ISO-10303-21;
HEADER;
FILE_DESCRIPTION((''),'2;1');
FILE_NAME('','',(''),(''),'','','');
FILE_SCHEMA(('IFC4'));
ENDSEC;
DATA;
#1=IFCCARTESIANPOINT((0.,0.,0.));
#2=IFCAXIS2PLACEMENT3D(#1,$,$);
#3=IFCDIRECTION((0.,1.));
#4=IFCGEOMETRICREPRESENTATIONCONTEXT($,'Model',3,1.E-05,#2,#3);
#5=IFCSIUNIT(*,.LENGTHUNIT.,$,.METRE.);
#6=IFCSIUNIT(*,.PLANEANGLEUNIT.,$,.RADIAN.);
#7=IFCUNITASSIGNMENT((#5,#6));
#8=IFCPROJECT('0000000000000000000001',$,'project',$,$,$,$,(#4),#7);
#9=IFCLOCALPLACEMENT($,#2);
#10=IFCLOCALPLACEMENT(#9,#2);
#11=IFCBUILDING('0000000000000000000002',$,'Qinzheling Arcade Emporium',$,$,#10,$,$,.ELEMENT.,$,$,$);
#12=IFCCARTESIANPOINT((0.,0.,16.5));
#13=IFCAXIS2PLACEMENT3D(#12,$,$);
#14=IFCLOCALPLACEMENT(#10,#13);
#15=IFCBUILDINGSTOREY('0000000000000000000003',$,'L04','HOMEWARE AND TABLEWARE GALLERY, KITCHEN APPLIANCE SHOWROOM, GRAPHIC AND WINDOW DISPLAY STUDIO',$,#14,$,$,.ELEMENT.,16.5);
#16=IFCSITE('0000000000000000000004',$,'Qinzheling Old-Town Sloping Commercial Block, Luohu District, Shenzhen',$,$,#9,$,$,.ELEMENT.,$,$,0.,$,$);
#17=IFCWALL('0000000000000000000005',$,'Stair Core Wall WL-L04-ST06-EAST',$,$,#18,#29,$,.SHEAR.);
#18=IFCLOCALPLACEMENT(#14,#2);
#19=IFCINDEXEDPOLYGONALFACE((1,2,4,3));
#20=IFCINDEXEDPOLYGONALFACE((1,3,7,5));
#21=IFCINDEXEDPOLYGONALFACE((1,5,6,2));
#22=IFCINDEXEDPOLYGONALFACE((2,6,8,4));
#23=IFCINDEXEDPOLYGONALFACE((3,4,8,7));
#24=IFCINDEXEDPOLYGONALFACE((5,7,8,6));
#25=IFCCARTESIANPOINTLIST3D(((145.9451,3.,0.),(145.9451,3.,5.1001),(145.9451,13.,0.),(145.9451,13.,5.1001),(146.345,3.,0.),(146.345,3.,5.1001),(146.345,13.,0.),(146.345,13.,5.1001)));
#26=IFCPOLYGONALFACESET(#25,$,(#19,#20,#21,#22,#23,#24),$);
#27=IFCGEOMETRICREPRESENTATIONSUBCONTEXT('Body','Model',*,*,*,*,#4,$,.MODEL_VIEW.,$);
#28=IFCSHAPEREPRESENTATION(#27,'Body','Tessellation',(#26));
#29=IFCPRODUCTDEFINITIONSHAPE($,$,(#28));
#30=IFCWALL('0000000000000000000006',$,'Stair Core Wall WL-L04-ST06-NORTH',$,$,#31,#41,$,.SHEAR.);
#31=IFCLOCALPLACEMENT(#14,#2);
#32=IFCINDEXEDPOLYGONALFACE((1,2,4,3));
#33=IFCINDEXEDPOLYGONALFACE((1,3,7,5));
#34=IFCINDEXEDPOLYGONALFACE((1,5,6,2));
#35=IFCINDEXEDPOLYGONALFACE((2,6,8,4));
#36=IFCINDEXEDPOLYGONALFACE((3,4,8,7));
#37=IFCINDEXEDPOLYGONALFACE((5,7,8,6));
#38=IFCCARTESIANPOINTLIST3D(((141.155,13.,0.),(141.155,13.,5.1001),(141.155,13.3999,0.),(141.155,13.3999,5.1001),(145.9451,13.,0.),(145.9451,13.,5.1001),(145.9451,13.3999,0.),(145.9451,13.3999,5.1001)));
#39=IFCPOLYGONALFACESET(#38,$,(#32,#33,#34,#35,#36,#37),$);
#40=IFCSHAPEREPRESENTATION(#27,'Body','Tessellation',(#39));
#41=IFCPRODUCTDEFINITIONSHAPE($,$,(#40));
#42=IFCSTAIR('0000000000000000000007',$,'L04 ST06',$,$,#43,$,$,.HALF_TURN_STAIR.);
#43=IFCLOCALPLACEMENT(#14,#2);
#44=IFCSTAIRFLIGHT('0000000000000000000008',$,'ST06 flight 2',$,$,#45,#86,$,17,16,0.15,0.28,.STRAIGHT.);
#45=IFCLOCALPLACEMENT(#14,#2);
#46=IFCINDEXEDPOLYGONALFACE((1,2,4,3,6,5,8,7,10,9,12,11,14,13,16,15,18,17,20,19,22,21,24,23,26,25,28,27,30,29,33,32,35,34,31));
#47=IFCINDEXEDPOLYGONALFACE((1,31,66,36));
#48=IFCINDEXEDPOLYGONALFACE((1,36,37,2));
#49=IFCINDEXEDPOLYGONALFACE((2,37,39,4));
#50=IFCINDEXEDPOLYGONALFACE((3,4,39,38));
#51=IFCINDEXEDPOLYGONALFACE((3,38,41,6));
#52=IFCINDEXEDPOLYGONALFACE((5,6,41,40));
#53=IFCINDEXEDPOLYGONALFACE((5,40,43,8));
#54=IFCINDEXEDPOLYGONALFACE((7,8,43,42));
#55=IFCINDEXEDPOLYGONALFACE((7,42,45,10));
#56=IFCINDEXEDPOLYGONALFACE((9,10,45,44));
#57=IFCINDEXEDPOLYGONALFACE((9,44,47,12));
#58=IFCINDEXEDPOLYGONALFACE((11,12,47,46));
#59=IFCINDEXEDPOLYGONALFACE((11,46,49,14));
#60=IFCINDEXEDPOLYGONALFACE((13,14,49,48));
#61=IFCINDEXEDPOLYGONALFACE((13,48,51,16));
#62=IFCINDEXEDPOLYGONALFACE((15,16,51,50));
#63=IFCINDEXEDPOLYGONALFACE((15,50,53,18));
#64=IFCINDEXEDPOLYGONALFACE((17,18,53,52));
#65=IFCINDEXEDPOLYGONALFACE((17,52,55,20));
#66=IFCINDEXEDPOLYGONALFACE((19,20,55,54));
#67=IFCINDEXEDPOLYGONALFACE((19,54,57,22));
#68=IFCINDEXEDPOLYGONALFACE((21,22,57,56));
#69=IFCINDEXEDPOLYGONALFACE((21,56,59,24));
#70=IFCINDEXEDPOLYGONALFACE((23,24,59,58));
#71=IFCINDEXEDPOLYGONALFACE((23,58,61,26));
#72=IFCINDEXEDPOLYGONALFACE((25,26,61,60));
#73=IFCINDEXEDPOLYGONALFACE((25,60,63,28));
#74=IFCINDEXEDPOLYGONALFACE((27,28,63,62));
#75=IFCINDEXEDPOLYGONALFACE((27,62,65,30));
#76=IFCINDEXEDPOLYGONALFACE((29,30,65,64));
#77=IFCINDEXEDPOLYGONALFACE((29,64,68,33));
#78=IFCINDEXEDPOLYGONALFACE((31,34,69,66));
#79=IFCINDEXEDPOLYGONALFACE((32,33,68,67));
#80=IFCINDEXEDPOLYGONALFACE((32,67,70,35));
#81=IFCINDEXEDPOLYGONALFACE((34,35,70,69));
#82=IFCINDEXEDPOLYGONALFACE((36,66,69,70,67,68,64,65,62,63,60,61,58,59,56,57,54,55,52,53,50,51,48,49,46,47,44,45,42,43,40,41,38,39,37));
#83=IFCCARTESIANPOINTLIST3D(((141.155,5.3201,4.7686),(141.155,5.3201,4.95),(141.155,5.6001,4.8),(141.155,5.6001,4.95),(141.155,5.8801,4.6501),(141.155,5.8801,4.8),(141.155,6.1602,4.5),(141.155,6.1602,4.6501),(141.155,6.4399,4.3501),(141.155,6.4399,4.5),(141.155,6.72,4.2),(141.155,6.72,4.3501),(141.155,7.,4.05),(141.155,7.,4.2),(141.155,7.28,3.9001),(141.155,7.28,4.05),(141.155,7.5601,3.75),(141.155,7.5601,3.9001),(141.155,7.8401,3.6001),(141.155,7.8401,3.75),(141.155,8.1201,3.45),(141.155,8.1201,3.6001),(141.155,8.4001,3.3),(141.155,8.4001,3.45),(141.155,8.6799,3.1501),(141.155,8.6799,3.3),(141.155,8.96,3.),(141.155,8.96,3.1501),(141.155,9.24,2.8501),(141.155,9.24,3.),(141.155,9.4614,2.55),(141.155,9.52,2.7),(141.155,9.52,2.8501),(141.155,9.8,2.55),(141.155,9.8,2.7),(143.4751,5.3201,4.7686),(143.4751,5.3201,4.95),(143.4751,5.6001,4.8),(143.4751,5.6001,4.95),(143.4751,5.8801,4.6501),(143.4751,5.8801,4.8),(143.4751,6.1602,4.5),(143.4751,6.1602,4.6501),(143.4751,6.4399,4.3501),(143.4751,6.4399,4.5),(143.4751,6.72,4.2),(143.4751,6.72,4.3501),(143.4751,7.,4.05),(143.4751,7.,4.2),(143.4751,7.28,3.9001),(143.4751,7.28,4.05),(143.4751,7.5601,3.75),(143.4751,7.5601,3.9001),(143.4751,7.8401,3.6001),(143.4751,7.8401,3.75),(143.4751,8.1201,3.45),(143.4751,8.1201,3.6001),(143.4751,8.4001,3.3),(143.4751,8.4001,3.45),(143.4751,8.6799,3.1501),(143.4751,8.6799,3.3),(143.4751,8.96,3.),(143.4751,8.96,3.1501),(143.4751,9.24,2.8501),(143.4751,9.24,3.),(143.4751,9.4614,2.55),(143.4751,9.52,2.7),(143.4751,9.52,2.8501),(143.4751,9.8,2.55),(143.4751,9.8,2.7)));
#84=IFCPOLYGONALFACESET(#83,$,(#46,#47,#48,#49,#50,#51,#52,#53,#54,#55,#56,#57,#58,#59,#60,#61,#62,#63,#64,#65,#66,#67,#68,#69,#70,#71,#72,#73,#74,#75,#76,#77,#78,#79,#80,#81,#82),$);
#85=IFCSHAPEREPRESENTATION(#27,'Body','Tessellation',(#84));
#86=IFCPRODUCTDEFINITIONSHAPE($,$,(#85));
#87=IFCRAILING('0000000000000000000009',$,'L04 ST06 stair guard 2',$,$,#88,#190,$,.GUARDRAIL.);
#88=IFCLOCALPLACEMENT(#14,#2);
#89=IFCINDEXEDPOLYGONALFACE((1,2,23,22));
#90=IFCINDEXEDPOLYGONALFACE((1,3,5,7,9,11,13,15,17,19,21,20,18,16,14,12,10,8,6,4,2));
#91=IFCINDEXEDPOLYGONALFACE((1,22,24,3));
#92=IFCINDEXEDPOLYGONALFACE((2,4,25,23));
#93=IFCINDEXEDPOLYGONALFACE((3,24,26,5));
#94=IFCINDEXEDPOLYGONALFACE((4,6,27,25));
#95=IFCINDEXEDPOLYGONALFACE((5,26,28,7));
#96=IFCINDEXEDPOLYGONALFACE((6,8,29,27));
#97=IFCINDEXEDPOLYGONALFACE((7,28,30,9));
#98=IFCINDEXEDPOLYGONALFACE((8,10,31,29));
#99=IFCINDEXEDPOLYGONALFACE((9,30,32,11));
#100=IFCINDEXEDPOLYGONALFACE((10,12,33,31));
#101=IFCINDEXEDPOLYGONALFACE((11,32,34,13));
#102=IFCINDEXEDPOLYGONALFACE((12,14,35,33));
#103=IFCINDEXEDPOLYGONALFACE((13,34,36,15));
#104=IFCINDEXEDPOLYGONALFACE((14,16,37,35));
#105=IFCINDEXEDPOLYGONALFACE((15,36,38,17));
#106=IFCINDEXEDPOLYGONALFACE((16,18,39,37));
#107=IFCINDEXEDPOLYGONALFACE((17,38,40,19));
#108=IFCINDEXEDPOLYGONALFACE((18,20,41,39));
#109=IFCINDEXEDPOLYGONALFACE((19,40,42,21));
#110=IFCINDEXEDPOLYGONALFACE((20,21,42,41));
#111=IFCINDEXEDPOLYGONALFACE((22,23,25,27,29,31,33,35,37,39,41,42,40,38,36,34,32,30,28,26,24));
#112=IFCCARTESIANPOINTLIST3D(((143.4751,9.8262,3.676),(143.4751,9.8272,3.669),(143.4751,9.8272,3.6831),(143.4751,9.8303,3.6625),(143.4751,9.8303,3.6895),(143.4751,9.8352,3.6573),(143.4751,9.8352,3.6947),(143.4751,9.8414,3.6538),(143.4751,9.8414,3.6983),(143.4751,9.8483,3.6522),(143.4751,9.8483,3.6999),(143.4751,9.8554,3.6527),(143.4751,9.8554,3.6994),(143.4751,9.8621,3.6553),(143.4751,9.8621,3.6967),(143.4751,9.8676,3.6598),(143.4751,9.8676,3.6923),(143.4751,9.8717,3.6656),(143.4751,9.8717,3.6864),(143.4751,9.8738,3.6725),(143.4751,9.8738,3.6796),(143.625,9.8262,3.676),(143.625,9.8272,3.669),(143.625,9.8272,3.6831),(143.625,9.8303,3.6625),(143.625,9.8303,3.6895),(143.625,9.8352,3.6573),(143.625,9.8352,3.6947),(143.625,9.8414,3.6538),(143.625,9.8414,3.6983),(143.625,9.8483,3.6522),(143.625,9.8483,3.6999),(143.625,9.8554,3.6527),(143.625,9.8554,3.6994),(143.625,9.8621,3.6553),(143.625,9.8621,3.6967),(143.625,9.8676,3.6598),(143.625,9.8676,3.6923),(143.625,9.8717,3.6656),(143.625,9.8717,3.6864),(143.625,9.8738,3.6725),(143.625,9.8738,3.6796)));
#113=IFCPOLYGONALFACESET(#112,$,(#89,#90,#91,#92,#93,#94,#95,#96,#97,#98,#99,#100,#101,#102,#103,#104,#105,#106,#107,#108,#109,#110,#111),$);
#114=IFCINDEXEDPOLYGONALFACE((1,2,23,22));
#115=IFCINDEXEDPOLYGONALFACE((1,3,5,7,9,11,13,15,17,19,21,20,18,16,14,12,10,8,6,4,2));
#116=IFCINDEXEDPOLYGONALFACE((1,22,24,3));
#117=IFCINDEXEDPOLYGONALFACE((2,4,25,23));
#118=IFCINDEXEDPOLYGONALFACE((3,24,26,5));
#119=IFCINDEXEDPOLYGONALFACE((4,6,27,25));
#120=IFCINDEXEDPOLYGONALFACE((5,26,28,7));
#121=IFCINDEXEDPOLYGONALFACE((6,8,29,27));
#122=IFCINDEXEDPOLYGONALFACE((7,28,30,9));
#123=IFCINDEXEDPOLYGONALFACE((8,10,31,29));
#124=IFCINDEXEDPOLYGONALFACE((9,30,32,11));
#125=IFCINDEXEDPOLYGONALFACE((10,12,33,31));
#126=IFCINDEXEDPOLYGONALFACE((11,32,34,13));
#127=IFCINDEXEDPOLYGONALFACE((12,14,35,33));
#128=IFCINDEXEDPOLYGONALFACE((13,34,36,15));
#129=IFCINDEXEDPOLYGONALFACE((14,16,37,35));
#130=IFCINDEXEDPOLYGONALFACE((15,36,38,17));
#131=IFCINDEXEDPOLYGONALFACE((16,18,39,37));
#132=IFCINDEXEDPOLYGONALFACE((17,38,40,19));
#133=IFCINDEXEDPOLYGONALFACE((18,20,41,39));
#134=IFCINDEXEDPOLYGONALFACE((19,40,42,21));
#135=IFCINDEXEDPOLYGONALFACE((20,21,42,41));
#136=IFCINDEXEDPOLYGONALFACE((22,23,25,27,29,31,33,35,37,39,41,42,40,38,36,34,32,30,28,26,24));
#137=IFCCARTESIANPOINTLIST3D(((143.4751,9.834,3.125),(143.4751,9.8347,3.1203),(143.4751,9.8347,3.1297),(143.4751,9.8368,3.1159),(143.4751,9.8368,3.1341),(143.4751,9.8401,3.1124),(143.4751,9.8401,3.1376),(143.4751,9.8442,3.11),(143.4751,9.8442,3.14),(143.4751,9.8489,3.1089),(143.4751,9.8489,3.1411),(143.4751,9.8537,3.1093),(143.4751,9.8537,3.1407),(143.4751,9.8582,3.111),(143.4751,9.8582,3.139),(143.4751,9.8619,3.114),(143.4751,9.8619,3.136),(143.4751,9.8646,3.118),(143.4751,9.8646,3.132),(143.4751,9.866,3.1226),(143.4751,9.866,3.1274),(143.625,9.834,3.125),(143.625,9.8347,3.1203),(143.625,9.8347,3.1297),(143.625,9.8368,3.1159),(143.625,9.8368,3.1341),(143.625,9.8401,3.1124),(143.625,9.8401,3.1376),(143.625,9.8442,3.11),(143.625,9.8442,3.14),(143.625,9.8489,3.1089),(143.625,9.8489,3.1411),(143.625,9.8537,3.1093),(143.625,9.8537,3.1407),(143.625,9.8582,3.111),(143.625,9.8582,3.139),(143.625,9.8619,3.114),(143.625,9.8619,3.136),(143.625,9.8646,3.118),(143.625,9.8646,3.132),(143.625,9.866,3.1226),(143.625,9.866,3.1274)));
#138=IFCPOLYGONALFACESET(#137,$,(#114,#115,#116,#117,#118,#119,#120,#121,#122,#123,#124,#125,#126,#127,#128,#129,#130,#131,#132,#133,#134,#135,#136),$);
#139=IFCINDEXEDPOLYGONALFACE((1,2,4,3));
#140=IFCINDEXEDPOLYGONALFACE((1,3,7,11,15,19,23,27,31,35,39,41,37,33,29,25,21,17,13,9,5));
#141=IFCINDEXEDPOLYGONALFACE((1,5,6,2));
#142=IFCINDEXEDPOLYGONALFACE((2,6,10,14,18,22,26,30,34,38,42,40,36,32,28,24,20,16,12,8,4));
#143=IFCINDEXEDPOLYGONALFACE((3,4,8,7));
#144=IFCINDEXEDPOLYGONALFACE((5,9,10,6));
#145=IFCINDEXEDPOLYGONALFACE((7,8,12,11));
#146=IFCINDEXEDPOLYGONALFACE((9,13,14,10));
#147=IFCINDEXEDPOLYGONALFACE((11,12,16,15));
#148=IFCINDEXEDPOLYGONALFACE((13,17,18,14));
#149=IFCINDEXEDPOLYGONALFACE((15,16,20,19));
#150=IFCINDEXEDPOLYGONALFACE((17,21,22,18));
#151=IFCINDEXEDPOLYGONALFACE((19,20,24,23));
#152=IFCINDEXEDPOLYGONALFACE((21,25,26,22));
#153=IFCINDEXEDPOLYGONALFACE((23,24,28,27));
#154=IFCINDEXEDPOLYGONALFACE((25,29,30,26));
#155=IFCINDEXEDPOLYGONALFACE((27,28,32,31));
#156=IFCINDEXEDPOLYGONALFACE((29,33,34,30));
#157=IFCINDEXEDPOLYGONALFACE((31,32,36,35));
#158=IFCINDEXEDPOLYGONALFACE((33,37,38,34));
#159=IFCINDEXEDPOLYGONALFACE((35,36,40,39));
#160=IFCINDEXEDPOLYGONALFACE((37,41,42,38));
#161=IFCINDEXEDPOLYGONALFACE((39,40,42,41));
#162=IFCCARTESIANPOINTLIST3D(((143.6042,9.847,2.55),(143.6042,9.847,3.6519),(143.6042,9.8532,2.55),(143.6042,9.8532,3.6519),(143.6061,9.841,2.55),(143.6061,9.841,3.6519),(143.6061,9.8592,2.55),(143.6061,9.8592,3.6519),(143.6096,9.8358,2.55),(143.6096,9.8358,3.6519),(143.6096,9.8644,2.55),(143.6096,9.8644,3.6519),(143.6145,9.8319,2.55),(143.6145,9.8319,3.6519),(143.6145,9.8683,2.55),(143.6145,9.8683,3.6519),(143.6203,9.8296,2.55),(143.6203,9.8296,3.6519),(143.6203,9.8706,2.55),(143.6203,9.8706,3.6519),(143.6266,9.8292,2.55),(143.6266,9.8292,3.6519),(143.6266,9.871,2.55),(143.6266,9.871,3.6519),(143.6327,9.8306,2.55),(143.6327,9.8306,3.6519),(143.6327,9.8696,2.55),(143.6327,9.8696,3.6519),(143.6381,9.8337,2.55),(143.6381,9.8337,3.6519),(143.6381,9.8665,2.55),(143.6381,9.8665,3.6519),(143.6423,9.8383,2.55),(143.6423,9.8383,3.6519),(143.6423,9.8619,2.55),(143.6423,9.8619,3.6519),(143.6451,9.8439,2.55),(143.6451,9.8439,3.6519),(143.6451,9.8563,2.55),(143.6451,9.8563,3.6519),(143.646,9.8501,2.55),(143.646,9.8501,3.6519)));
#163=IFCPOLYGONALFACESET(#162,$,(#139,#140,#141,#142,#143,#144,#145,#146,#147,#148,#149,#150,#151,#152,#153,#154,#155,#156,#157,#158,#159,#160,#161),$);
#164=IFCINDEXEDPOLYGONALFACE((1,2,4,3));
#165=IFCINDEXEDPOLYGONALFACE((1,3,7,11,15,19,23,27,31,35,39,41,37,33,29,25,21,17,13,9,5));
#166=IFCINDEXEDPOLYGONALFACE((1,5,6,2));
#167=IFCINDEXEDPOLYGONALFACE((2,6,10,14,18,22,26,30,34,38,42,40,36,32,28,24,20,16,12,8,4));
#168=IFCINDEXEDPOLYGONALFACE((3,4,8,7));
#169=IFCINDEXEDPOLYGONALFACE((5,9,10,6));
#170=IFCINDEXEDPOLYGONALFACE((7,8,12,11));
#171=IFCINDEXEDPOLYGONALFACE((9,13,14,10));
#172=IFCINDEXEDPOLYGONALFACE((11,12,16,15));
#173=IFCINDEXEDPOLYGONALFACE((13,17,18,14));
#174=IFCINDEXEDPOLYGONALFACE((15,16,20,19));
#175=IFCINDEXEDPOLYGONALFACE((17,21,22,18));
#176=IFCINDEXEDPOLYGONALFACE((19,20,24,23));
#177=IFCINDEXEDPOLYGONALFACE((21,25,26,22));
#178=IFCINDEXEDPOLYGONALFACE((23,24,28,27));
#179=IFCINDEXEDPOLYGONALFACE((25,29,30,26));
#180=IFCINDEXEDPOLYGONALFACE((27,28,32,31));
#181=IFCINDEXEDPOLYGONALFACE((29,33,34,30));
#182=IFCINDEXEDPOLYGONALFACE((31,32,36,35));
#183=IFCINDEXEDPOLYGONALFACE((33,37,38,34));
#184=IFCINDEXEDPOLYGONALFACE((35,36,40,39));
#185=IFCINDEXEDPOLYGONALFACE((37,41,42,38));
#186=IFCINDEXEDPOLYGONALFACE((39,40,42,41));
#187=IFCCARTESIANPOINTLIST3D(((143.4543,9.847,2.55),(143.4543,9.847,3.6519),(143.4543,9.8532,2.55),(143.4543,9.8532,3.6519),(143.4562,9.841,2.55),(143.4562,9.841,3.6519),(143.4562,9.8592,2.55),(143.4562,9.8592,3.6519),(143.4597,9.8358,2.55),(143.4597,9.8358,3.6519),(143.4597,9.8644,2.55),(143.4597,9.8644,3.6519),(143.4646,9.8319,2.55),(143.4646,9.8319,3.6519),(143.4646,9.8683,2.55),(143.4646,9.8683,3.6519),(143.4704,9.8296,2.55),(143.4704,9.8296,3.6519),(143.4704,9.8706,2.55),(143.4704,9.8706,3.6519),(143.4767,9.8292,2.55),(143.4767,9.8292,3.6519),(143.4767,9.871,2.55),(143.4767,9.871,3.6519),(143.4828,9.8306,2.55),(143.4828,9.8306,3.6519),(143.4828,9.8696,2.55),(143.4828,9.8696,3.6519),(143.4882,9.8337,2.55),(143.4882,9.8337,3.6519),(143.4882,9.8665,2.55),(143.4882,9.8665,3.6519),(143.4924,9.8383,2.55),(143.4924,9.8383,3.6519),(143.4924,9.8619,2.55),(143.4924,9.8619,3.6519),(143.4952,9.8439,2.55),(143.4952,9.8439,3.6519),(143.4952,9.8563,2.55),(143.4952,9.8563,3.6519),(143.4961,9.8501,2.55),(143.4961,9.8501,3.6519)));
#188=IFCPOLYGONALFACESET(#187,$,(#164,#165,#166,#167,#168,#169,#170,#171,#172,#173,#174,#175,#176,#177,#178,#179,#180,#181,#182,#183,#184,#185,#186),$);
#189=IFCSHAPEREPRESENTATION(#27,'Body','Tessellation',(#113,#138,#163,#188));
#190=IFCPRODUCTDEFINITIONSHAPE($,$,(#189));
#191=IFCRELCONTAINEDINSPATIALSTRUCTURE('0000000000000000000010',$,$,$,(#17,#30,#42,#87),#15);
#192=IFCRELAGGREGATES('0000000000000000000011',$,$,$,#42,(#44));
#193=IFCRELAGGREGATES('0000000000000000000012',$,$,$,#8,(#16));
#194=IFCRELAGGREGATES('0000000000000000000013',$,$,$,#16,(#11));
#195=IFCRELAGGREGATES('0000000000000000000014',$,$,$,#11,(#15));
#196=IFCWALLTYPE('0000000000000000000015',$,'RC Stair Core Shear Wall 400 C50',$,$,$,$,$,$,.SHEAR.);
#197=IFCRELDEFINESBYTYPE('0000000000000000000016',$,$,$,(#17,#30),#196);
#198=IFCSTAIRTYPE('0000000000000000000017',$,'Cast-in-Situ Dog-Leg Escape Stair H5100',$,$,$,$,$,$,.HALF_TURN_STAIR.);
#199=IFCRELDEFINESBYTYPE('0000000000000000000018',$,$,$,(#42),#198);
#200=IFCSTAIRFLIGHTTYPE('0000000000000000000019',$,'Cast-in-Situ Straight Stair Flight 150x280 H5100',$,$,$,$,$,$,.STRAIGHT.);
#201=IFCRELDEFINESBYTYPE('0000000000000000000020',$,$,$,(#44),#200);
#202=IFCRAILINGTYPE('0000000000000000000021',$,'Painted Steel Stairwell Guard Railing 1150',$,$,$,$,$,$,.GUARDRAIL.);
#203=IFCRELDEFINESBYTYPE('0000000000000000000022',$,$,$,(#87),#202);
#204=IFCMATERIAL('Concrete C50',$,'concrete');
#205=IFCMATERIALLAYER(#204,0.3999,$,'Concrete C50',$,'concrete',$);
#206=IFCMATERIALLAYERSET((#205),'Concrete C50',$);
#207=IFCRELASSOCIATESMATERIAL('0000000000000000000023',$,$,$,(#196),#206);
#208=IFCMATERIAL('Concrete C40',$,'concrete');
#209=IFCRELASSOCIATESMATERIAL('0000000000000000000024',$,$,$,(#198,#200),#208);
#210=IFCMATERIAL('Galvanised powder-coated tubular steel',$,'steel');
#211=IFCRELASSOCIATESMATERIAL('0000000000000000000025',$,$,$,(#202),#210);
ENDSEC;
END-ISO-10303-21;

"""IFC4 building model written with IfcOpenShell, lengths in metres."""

from ifc_helpers import new_model, si_unit, direction, frame, frame_2d, origin, origin_2d, place, context, subcontext, project, spatial, polyline, rectangle, circle, outline, extrude, material, layer, layer_set, type_object, element, aggregate, save


model = new_model("IFC4")

# Units and contexts
model_context = context("Model", 3, precision=1e-05, world=origin(), true_north=direction((0.0, 1.0)))
body_context = subcontext(model_context, "Body", "Model", "MODEL_VIEW")
ifc_project = project(units=[si_unit("LENGTHUNIT", "METRE"), si_unit("PLANEANGLEUNIT", "RADIAN")], contexts=[model_context])

# Site, building, storey
site_placement = place(None, origin())
site = spatial("IfcSite", under=ifc_project, at=site_placement, Name="Qinzheling Old-Town Sloping Commercial Block, Luohu District, Shenzhen", CompositionType="ELEMENT", RefElevation=0.0)
building_placement = place(site_placement, origin())
building = spatial("IfcBuilding", under=site, at=building_placement, Name="Qinzheling Arcade Emporium", CompositionType="ELEMENT")
storey_placement = place(building_placement, frame((0.0, 0.0, 16.5)))
storey = spatial("IfcBuildingStorey", under=building, at=storey_placement, Name="L04", Description="HOMEWARE AND TABLEWARE GALLERY, KITCHEN APPLIANCE SHOWROOM, GRAPHIC AND WINDOW DISPLAY STUDIO", CompositionType="ELEMENT", Elevation=16.5)

# Shared definitions
ifc_material_1 = material(Name="Concrete C40", Category="concrete")

# Walls
ifc_material_2 = material(Name="Concrete C50", Category="concrete")
ifc_layer_1 = layer(ifc_material_2, 0.3999, Name="Concrete C50", Category="concrete")
ifc_layer_set_1 = layer_set([ifc_layer_1], Name="Concrete C50")
wall_type_1 = type_object("IfcWallType", Name="RC Stair Core Shear Wall 400 C50", PredefinedType="SHEAR", material=ifc_layer_set_1)
wall_1_placement = place(storey_placement, frame((146.145, 13.0, 0.0), z_axis=(0.0, 0.0, 1.0), x_axis=(0.0, -1.0, 0.0)))
element("IfcWall", 1, at=wall_1_placement, inside=storey, type_object=wall_type_1, Name="Stair Core Wall WL-L04-ST06-EAST", PredefinedType="SHEAR", context=body_context, shape_type="SweptSolid", body=[
    extrude(rectangle(XDim=10.0, YDim=0.3999, at=frame_2d((5.0, 0.0))), origin(), (0.0, 0.0, 1.0), 5.1001),
])
wall_2_placement = place(storey_placement, frame((141.155, 13.2, 0.0), z_axis=(0.0, 0.0, 1.0), x_axis=(1.0, 0.0, 0.0)))
element("IfcWall", 2, at=wall_2_placement, inside=storey, type_object=wall_type_1, Name="Stair Core Wall WL-L04-ST06-NORTH", PredefinedType="SHEAR", context=body_context, shape_type="SweptSolid", body=[
    extrude(rectangle(XDim=4.79, YDim=0.3999, at=frame_2d((2.395, 0.0))), origin(), (0.0, 0.0, 1.0), 5.1001),
])

# Stair, stair flight
stair_type = type_object("IfcStairType", Name="Cast-in-Situ Dog-Leg Escape Stair H5100", PredefinedType="HALF_TURN_STAIR", material=ifc_material_1)
stair_placement = place(storey_placement, origin())
stair = element("IfcStair", 3, at=stair_placement, inside=storey, type_object=stair_type, Name="L04 ST06", PredefinedType="HALF_TURN_STAIR")
stair_flight_type = type_object("IfcStairFlightType", Name="Cast-in-Situ Straight Stair Flight 150x280 H5100", PredefinedType="STRAIGHT", material=ifc_material_1)
stair_flight_placement = place(storey_placement, frame((142.3149, 9.8, 2.55), z_axis=(0.0, 0.0, 1.0), x_axis=(0.0, -1.0, 0.0)))
stair_flight = element("IfcStairFlight", 4, at=stair_flight_placement, type_object=stair_flight_type, Name="ST06 flight 2", NumberOfRisers=17, NumberOfTreads=16, PredefinedType="STRAIGHT", RiserHeight=0.15, TreadLength=0.28, context=body_context, shape_type="SweptSolid", body=[
    extrude(outline(polyline([(0.0, 0.0), (0.0, 0.1499), (0.28, 0.1499), (0.28, 0.3), (0.5601, 0.3), (0.5601, 0.45), (0.8401, 0.45), (0.8401, 0.6001), (1.1201, 0.6001), (1.1201, 0.75), (1.3999, 0.75), (1.3999, 0.8999), (1.6799, 0.8999), (1.6799, 1.05), (1.96, 1.05), (1.96, 1.2), (2.24, 1.2), (2.24, 1.3501), (2.52, 1.3501), (2.52, 1.5), (2.8, 1.5), (2.8, 1.6499), (3.0801, 1.6499), (3.0801, 1.8), (3.3601, 1.8), (3.3601, 1.95), (3.6399, 1.95), (3.6399, 2.1001), (3.9199, 2.1001), (3.9199, 2.25), (4.2, 2.25), (4.2, 2.3999), (4.48, 2.3999), (4.48, 2.55), (4.48, 2.2185), (0.3386, 0.0), (0.0, 0.0)])), frame((0.0, 1.1602, 0.0), z_axis=(0.0, -1.0, 0.0), x_axis=(1.0, 0.0, 0.0)), (0.0, 0.0, 1.0), 2.3201),
])
aggregate(stair, [stair_flight])

# Railing
ifc_material_3 = material(Name="Galvanised powder-coated tubular steel", Category="steel")
railing_type_1 = type_object("IfcRailingType", Name="Painted Steel Stairwell Guard Railing 1150", PredefinedType="GUARDRAIL", material=ifc_material_3)
railing_1_placement = place(storey_placement, frame((143.625, 9.8501, 2.55)))
element("IfcRailing", 5, at=railing_1_placement, inside=storey, type_object=railing_type_1, Name="L04 ST06 stair guard 2", PredefinedType="GUARDRAIL", context=body_context, shape_type="SweptSolid", body=[
    extrude(circle(Radius=0.0239, at=origin_2d()), frame((0.0, 0.0, 1.126), z_axis=(-1.0, 0.0, 0.0), x_axis=(0.0, -1.0, 0.0)), (0.0, 0.0, 1.0), 0.1499),
    extrude(circle(Radius=0.0161, at=origin_2d()), frame((0.0, 0.0, 0.575), z_axis=(-1.0, 0.0, 0.0), x_axis=(0.0, -1.0, 0.0)), (0.0, 0.0, 1.0), 0.1499),
    extrude(circle(Radius=0.021, at=origin_2d()), origin(), (0.0, 0.0, 1.0), 1.1018),
    extrude(circle(Radius=0.021, at=origin_2d()), frame((-0.1499, 0.0, 0.0)), (0.0, 0.0, 1.0), 1.1018),
])

save(model, "model.ifc")
